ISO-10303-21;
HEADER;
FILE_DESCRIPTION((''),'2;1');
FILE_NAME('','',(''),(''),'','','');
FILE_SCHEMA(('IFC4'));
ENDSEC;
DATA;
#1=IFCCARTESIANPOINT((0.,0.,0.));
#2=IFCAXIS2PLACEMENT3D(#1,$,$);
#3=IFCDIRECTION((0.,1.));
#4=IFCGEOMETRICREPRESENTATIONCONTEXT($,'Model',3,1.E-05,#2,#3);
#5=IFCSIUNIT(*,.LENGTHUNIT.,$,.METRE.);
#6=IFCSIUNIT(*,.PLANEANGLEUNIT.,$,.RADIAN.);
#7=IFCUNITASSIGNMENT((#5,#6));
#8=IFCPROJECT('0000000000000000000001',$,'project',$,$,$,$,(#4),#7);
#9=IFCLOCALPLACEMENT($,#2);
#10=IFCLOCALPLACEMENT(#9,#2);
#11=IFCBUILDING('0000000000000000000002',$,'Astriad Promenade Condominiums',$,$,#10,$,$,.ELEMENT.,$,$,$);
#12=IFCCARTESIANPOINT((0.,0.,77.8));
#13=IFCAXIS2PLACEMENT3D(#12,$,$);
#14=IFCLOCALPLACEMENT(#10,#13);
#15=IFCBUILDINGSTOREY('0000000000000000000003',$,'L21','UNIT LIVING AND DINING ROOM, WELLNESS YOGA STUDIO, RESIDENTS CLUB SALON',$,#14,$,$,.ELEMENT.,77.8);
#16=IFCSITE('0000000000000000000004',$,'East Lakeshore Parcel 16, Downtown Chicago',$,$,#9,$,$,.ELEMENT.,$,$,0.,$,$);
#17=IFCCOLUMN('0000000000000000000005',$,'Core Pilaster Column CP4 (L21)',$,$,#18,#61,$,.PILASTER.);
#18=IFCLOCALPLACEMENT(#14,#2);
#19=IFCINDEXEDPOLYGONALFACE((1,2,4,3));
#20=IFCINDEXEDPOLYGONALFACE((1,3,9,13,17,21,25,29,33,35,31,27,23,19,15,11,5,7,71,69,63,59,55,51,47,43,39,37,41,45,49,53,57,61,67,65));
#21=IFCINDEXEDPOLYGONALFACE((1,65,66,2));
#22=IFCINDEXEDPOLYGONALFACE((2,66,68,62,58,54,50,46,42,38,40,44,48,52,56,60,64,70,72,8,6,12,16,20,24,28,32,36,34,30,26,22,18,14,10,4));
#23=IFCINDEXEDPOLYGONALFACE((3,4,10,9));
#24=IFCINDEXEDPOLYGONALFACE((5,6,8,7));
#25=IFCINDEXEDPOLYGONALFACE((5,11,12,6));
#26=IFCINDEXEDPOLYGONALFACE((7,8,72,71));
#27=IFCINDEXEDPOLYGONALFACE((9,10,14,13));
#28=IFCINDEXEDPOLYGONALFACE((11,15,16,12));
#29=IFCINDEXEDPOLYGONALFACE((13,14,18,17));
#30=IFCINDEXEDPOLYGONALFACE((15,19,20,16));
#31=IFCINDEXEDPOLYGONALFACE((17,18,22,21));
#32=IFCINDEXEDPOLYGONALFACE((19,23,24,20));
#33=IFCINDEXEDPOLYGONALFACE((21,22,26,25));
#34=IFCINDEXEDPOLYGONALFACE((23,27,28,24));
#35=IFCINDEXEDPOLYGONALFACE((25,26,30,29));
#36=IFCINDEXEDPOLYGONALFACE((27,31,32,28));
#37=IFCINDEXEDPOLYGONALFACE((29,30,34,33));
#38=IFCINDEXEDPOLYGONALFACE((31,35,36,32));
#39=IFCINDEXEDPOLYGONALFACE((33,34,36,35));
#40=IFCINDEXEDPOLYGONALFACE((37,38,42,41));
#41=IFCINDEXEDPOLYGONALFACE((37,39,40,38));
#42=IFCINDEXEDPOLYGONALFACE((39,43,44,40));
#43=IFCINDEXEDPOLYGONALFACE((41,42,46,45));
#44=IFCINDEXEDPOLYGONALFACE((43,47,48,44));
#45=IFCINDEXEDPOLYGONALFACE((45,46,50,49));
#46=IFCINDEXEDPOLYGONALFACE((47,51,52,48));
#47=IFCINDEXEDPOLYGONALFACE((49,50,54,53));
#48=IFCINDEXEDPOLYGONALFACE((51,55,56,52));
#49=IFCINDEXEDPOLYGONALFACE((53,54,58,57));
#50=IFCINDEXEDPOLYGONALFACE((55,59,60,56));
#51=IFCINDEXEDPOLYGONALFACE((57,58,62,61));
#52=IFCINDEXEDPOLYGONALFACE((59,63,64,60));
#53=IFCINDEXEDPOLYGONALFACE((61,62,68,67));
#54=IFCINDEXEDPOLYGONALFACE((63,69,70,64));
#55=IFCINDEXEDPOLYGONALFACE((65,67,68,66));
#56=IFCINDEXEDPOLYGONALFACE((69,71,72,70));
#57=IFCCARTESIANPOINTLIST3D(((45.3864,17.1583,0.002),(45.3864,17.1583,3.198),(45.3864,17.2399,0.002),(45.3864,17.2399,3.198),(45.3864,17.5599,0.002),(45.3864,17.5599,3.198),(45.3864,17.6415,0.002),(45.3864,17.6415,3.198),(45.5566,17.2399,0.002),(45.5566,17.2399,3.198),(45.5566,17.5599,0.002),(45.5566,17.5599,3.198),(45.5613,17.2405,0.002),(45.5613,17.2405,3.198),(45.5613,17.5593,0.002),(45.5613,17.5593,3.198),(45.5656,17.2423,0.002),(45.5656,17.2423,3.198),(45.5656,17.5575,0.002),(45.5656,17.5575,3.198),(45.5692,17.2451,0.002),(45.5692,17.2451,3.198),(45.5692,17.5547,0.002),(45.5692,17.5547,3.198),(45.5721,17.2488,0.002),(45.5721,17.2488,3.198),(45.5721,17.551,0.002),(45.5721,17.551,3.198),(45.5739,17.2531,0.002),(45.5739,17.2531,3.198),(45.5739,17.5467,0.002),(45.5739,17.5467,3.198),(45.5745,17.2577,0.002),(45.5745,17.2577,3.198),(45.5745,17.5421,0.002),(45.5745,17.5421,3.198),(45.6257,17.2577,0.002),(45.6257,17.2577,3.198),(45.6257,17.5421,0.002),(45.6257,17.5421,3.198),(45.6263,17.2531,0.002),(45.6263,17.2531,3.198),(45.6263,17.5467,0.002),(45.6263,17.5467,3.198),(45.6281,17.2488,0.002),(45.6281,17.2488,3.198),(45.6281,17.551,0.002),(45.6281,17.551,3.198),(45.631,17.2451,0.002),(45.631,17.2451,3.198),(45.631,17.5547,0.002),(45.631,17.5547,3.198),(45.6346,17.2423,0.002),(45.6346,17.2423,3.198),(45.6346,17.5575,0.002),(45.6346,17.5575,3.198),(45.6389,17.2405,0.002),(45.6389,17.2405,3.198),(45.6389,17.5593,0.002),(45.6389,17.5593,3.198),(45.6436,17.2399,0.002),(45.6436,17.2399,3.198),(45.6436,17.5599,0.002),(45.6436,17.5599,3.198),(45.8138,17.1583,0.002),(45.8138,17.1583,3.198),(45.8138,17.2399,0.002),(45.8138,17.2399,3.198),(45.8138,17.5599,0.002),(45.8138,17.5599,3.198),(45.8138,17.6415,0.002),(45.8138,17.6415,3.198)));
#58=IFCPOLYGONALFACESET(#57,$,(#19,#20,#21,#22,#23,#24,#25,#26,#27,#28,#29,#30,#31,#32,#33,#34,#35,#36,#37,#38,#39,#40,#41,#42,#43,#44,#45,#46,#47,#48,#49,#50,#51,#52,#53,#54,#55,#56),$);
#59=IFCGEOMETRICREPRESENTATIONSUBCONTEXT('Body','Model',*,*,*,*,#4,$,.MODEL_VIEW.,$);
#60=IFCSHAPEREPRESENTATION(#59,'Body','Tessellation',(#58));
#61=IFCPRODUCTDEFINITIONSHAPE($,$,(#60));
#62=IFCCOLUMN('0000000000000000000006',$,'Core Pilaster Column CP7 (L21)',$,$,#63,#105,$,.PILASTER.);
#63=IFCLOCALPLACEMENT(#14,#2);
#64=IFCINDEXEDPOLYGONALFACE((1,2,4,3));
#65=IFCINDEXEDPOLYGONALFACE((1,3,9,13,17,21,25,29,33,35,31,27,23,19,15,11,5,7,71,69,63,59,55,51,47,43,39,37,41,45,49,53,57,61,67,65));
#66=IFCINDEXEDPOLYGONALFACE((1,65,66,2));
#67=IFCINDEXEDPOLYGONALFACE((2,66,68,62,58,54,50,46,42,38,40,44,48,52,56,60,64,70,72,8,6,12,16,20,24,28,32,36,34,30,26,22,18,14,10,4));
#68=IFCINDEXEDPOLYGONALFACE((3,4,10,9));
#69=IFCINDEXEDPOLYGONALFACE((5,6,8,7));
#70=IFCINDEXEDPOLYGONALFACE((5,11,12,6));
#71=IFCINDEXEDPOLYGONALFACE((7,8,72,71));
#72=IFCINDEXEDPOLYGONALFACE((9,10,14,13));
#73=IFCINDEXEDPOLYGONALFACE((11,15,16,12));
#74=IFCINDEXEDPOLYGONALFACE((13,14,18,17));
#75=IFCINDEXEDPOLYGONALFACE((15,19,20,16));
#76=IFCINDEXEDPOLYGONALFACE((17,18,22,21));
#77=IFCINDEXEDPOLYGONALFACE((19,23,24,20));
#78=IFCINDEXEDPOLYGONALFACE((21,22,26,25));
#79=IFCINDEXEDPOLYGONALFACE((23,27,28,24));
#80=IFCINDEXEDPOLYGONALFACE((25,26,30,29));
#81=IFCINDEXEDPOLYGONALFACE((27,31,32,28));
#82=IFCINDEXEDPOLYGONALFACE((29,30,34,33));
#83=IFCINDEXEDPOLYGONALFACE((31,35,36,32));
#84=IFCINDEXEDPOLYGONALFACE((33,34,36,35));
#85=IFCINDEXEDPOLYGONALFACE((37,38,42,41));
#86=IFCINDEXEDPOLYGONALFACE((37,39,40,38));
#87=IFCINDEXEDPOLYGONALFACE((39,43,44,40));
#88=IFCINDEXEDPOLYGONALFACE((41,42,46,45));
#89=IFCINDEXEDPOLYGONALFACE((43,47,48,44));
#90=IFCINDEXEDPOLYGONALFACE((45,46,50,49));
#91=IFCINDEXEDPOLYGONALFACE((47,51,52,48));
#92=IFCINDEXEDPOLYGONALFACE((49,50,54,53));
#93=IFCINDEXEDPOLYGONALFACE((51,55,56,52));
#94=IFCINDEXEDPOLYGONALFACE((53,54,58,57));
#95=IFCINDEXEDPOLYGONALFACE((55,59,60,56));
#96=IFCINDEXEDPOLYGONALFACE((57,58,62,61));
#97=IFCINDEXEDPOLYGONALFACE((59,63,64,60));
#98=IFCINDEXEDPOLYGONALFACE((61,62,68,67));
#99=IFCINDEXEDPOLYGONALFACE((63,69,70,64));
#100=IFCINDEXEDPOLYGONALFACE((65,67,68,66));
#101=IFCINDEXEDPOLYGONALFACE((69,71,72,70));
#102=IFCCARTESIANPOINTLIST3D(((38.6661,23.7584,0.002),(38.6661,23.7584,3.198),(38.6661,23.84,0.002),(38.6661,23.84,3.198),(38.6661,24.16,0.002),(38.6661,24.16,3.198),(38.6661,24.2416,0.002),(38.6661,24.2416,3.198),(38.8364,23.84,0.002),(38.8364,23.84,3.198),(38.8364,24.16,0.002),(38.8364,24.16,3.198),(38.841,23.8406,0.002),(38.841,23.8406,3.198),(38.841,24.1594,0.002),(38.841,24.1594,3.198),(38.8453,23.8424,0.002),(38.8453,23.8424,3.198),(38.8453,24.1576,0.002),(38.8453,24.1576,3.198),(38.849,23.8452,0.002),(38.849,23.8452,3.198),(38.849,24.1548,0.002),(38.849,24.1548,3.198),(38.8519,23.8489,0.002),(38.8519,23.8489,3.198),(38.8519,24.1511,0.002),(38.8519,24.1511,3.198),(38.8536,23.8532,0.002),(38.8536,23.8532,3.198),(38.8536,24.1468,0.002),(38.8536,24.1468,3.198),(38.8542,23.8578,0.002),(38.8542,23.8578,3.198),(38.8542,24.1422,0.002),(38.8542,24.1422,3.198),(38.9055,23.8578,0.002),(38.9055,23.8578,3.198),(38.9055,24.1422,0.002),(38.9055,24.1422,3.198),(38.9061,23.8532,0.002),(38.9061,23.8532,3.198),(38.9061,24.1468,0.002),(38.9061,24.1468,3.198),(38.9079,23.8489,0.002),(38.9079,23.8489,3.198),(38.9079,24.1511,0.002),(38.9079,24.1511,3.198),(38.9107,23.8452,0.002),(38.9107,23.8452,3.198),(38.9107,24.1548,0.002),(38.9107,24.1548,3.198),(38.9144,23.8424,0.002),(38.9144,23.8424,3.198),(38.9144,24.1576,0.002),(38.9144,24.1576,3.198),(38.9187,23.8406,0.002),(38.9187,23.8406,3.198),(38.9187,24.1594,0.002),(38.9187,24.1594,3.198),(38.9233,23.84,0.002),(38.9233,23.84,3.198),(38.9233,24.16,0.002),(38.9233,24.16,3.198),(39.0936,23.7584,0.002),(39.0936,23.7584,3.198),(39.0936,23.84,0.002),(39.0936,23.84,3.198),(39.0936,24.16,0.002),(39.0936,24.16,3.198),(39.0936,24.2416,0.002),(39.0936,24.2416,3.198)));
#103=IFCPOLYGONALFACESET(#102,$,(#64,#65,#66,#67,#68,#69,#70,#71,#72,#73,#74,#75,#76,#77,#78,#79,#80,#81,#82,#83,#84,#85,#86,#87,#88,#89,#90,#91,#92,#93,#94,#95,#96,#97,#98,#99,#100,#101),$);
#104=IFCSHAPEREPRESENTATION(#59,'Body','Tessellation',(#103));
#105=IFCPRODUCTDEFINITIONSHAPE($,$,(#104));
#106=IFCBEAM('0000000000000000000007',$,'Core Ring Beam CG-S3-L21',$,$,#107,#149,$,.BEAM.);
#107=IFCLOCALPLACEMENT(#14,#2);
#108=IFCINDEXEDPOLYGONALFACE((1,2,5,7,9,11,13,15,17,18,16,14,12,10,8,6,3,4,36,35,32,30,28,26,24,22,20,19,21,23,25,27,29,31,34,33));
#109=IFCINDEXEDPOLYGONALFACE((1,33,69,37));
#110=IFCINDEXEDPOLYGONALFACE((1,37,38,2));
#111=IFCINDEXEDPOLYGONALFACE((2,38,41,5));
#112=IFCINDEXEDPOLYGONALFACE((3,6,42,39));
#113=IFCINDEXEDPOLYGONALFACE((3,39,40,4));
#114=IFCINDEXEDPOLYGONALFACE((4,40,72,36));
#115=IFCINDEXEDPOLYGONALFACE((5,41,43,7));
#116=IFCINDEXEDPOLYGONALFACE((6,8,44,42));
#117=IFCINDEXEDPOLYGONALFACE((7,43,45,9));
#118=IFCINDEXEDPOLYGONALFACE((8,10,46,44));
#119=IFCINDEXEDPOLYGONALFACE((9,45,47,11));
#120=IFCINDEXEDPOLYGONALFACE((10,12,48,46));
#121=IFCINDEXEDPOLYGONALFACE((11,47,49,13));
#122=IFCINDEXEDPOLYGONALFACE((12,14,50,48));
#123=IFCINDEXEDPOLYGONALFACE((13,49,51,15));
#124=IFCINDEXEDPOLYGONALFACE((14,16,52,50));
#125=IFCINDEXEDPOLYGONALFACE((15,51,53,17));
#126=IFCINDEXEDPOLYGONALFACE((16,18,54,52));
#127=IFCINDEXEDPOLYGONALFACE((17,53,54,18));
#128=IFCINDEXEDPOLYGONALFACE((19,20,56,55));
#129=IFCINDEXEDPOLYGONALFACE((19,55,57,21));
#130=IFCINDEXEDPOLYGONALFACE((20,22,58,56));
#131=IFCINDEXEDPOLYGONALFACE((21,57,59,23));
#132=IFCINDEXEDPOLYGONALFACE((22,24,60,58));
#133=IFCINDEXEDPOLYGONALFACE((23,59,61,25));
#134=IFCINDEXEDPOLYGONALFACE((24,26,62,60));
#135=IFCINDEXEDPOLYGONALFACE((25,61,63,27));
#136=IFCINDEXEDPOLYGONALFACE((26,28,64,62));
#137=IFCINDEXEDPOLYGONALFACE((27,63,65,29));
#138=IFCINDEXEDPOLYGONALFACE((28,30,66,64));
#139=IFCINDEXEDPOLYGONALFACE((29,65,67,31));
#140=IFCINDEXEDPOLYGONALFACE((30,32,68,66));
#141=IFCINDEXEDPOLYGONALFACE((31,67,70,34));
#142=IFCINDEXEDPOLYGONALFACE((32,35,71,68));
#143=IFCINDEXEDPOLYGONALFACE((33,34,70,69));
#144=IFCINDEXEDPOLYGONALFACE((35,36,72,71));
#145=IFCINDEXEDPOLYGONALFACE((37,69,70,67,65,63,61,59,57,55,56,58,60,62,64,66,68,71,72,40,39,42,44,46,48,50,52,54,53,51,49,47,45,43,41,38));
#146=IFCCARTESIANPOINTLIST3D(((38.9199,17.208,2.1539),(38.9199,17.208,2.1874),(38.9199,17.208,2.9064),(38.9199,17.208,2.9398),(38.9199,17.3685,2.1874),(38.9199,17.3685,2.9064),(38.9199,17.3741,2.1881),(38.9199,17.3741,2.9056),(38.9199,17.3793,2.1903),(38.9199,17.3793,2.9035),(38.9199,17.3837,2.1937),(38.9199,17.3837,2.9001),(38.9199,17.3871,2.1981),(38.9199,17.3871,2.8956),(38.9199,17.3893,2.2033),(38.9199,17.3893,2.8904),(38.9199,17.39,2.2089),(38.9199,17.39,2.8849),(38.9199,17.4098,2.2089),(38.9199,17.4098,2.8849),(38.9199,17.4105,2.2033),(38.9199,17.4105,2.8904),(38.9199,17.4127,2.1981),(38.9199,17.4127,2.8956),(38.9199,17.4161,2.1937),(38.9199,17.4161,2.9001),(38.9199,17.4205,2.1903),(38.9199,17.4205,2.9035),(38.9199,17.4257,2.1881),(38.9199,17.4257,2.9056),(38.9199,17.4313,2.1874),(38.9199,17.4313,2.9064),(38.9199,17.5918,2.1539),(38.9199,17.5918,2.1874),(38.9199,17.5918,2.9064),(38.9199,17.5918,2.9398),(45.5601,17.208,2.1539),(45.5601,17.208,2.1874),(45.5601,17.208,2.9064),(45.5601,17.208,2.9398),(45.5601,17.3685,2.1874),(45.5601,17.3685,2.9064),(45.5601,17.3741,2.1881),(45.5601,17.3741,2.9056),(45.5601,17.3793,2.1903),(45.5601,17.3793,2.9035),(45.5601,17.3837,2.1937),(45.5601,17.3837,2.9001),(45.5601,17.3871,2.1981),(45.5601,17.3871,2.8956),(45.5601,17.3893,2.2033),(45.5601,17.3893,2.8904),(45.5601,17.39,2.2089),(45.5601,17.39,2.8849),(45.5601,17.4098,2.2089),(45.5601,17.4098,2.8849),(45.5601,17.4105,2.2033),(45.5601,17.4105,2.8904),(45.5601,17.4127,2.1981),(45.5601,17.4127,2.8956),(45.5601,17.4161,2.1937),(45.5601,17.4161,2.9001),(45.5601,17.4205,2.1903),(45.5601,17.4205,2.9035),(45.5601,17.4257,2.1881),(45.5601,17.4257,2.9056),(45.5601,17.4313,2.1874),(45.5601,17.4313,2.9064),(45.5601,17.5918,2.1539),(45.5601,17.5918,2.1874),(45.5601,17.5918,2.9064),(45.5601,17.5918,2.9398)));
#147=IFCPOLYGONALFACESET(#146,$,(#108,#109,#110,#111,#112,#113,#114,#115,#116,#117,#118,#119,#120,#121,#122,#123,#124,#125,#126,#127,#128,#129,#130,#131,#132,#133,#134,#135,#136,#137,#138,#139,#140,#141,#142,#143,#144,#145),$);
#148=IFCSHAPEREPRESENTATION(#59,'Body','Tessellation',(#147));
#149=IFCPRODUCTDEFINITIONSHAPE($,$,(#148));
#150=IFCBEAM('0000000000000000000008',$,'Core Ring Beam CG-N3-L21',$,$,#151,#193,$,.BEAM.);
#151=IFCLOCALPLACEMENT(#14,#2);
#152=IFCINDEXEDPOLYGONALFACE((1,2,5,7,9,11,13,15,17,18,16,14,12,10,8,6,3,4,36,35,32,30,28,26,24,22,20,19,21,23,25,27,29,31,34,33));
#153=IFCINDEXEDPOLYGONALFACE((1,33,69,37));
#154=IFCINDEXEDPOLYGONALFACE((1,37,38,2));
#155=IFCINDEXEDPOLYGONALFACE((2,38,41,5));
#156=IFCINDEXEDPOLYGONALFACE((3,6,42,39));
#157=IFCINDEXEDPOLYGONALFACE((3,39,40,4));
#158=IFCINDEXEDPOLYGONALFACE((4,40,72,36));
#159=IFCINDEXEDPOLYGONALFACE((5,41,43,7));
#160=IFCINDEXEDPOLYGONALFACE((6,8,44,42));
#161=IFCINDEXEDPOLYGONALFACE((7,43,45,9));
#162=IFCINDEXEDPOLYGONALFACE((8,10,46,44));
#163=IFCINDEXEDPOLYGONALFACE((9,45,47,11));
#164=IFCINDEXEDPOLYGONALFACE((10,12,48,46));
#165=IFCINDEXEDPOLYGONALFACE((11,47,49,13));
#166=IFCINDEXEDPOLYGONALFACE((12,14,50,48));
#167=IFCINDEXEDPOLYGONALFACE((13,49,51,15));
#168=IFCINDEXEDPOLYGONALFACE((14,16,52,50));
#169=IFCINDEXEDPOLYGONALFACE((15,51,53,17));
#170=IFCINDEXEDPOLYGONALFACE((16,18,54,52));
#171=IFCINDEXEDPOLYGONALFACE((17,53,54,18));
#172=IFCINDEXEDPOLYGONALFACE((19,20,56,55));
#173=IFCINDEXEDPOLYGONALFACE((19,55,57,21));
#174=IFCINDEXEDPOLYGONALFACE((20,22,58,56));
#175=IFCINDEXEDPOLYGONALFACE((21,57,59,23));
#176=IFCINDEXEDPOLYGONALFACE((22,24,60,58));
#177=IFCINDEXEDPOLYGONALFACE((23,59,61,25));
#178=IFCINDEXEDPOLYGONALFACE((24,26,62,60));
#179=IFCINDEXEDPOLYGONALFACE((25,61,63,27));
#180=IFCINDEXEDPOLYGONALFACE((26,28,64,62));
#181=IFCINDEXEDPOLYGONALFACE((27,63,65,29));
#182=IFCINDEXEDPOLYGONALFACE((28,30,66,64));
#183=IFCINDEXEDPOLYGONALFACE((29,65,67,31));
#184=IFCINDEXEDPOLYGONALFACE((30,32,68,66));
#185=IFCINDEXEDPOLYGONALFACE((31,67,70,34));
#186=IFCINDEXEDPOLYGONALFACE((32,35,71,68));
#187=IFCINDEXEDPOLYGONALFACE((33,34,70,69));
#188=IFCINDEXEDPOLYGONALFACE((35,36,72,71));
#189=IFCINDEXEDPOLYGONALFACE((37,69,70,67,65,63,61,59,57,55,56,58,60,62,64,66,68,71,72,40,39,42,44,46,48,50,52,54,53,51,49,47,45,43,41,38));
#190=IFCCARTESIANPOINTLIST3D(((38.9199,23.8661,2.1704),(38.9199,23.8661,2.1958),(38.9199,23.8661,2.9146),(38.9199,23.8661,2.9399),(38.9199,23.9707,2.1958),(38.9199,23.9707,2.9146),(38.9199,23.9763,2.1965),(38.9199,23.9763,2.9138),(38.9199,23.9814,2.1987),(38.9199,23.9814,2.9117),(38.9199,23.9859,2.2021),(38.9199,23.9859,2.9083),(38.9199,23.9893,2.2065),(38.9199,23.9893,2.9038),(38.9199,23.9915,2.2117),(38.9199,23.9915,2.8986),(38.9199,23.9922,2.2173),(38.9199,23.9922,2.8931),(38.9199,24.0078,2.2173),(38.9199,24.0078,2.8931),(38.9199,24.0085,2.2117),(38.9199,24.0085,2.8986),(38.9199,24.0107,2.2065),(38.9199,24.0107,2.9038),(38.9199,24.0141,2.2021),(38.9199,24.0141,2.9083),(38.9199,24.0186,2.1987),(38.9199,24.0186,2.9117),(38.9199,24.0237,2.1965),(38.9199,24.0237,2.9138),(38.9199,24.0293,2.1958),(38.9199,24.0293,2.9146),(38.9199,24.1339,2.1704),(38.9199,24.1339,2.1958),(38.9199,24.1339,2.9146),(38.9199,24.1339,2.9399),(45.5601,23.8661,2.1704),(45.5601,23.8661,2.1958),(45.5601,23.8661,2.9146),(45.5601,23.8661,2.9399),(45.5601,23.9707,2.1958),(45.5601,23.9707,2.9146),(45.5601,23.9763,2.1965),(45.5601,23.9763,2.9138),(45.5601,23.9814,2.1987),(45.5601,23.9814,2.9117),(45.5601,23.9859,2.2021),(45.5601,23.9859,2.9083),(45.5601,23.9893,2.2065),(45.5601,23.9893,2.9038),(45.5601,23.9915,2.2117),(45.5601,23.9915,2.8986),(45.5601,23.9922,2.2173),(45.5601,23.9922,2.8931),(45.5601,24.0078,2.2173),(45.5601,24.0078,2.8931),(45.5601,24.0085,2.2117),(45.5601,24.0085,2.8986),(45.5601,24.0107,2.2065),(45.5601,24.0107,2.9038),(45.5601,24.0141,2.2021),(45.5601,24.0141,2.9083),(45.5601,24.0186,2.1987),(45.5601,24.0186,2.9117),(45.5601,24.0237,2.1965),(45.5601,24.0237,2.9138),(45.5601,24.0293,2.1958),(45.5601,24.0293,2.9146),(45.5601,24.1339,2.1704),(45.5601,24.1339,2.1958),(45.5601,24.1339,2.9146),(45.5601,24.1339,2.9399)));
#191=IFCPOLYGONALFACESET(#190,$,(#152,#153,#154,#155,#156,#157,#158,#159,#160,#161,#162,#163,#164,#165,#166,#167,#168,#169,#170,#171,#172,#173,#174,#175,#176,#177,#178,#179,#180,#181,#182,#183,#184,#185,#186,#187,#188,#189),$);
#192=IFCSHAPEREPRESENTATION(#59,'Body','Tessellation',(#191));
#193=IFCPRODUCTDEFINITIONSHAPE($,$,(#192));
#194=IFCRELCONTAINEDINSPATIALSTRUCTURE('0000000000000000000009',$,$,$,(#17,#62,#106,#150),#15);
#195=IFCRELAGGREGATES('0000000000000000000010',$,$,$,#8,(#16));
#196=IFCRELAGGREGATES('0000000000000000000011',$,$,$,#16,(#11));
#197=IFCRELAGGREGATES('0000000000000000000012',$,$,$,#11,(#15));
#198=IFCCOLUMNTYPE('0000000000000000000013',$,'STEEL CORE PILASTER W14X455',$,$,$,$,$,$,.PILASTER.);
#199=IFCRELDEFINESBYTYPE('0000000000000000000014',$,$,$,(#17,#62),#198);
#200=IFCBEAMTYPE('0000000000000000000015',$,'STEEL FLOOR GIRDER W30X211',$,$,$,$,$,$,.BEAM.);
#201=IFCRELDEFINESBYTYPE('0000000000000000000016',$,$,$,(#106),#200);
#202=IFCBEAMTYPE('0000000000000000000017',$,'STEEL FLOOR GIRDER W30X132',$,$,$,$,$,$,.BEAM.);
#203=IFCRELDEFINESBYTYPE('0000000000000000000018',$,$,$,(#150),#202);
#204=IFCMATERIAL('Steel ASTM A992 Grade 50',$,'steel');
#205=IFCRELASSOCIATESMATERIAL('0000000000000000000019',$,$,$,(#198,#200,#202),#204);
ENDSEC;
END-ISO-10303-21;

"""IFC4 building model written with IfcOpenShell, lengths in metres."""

from ifc_helpers import new_model, si_unit, direction, frame, origin, origin_2d, place, context, subcontext, project, spatial, i_section, extrude, source, transform, mapped, material, material_profile, profile_set, type_object, type_shapes, element, save


model = new_model("IFC4")

# Units and contexts
model_context = context("Model", 3, precision=1e-05, world=origin(), true_north=direction((0.0, 1.0)))
body_context = subcontext(model_context, "Body", "Model", "MODEL_VIEW")
ifc_project = project(units=[si_unit("LENGTHUNIT", "METRE"), si_unit("PLANEANGLEUNIT", "RADIAN")], contexts=[model_context])

# Site, building, storey
site_placement = place(None, origin())
site = spatial("IfcSite", under=ifc_project, at=site_placement, Name="East Lakeshore Parcel 16, Downtown Chicago", CompositionType="ELEMENT", RefElevation=0.0)
building_placement = place(site_placement, origin())
building = spatial("IfcBuilding", under=site, at=building_placement, Name="Astriad Promenade Condominiums", CompositionType="ELEMENT")
storey_placement = place(building_placement, frame((0.0, 0.0, 77.8)))
storey = spatial("IfcBuildingStorey", under=building, at=storey_placement, Name="L21", Description="UNIT LIVING AND DINING ROOM, WELLNESS YOGA STUDIO, RESIDENTS CLUB SALON", CompositionType="ELEMENT", Elevation=77.8)

# Columns
ifc_material_1 = material(Name="Steel ASTM A992 Grade 50", Category="steel")
ifc_material_profile_1 = material_profile(ifc_material_1, i_section(OverallWidth=0.4275, OverallDepth=0.4832, WebThickness=0.0513, FlangeThickness=0.0815, FilletRadius=0.0178, at=origin_2d()), Name="W14X455")
ifc_profile_set_1 = profile_set([ifc_material_profile_1], Name="Steel ASTM A992 Grade 50")
column_type = type_object("IfcColumnType", Name="STEEL CORE PILASTER W14X455", PredefinedType="PILASTER", material=ifc_profile_set_1)
shared_shape_1 = source(origin(), body_context, "Body", "SweptSolid", [
    extrude(i_section(OverallWidth=0.4275, OverallDepth=0.4832, WebThickness=0.0513, FlangeThickness=0.0815, FilletRadius=0.0178, at=origin_2d()), origin(), (0.0, 0.0, 1.0), 3.196),
])
type_shapes(column_type, [shared_shape_1])
for number, where, z_axis, x_axis, name in (
    (1, (45.6001, 17.3999, 0.002), (0.0, 0.0, 1.0), (1.0, 0.0, 0.0), "Core Pilaster Column CP4 (L21)"),
    (2, (38.8799, 24.0, 0.002), (0.0, 0.0, 1.0), (1.0, 0.0, 0.0), "Core Pilaster Column CP7 (L21)"),
):
    element("IfcColumn", number, at=place(storey_placement, frame(where, z_axis=z_axis, x_axis=x_axis)), inside=storey, type_object=column_type, Name=name, PredefinedType="PILASTER", context=body_context, shape_type="MappedRepresentation", body=[
        mapped(shared_shape_1, transform((0.0, 0.0, 0.0), scale=1.0)),
    ])

# Beams
ifc_material_profile_2 = material_profile(ifc_material_1, i_section(OverallWidth=0.3838, OverallDepth=0.7859, WebThickness=0.0198, FlangeThickness=0.0334, FilletRadius=0.0215, at=origin_2d()), Name="W30X211")
ifc_profile_set_2 = profile_set([ifc_material_profile_2], Name="Steel ASTM A992 Grade 50")
beam_type_1 = type_object("IfcBeamType", Name="STEEL FLOOR GIRDER W30X211", PredefinedType="BEAM", material=ifc_profile_set_2)
shared_shape_2 = source(origin(), body_context, "Body", "SweptSolid", [
    extrude(i_section(OverallWidth=0.3838, OverallDepth=0.7859, WebThickness=0.0198, FlangeThickness=0.0334, FilletRadius=0.0215, at=origin_2d()), origin(), (0.0, 0.0, 1.0), 6.6401),
])
type_shapes(beam_type_1, [shared_shape_2])
beam_1_placement = place(storey_placement, frame((38.9199, 17.3999, 2.5469), z_axis=(1.0, 0.0, 0.0), x_axis=(0.0, 1.0, 0.0)))
element("IfcBeam", 3, at=beam_1_placement, inside=storey, type_object=beam_type_1, Name="Core Ring Beam CG-S3-L21", PredefinedType="BEAM", context=body_context, shape_type="MappedRepresentation", body=[
    mapped(shared_shape_2, transform((0.0, 0.0, 0.0), scale=1.0)),
])
ifc_material_profile_3 = material_profile(ifc_material_1, i_section(OverallWidth=0.2678, OverallDepth=0.7695, WebThickness=0.0156, FlangeThickness=0.0254, FilletRadius=0.0215, at=origin_2d()), Name="W30X132")
ifc_profile_set_3 = profile_set([ifc_material_profile_3], Name="Steel ASTM A992 Grade 50")
beam_type_2 = type_object("IfcBeamType", Name="STEEL FLOOR GIRDER W30X132", PredefinedType="BEAM", material=ifc_profile_set_3)
shared_shape_3 = source(origin(), body_context, "Body", "SweptSolid", [
    extrude(i_section(OverallWidth=0.2678, OverallDepth=0.7695, WebThickness=0.0156, FlangeThickness=0.0254, FilletRadius=0.0215, at=origin_2d()), origin(), (0.0, 0.0, 1.0), 6.6401),
])
type_shapes(beam_type_2, [shared_shape_3])
beam_2_placement = place(storey_placement, frame((38.9199, 24.0, 2.5552), z_axis=(1.0, 0.0, 0.0), x_axis=(0.0, 1.0, 0.0)))
element("IfcBeam", 4, at=beam_2_placement, inside=storey, type_object=beam_type_2, Name="Core Ring Beam CG-N3-L21", PredefinedType="BEAM", context=body_context, shape_type="MappedRepresentation", body=[
    mapped(shared_shape_3, transform((0.0, 0.0, 0.0), scale=1.0)),
])

save(model, "model.ifc")
